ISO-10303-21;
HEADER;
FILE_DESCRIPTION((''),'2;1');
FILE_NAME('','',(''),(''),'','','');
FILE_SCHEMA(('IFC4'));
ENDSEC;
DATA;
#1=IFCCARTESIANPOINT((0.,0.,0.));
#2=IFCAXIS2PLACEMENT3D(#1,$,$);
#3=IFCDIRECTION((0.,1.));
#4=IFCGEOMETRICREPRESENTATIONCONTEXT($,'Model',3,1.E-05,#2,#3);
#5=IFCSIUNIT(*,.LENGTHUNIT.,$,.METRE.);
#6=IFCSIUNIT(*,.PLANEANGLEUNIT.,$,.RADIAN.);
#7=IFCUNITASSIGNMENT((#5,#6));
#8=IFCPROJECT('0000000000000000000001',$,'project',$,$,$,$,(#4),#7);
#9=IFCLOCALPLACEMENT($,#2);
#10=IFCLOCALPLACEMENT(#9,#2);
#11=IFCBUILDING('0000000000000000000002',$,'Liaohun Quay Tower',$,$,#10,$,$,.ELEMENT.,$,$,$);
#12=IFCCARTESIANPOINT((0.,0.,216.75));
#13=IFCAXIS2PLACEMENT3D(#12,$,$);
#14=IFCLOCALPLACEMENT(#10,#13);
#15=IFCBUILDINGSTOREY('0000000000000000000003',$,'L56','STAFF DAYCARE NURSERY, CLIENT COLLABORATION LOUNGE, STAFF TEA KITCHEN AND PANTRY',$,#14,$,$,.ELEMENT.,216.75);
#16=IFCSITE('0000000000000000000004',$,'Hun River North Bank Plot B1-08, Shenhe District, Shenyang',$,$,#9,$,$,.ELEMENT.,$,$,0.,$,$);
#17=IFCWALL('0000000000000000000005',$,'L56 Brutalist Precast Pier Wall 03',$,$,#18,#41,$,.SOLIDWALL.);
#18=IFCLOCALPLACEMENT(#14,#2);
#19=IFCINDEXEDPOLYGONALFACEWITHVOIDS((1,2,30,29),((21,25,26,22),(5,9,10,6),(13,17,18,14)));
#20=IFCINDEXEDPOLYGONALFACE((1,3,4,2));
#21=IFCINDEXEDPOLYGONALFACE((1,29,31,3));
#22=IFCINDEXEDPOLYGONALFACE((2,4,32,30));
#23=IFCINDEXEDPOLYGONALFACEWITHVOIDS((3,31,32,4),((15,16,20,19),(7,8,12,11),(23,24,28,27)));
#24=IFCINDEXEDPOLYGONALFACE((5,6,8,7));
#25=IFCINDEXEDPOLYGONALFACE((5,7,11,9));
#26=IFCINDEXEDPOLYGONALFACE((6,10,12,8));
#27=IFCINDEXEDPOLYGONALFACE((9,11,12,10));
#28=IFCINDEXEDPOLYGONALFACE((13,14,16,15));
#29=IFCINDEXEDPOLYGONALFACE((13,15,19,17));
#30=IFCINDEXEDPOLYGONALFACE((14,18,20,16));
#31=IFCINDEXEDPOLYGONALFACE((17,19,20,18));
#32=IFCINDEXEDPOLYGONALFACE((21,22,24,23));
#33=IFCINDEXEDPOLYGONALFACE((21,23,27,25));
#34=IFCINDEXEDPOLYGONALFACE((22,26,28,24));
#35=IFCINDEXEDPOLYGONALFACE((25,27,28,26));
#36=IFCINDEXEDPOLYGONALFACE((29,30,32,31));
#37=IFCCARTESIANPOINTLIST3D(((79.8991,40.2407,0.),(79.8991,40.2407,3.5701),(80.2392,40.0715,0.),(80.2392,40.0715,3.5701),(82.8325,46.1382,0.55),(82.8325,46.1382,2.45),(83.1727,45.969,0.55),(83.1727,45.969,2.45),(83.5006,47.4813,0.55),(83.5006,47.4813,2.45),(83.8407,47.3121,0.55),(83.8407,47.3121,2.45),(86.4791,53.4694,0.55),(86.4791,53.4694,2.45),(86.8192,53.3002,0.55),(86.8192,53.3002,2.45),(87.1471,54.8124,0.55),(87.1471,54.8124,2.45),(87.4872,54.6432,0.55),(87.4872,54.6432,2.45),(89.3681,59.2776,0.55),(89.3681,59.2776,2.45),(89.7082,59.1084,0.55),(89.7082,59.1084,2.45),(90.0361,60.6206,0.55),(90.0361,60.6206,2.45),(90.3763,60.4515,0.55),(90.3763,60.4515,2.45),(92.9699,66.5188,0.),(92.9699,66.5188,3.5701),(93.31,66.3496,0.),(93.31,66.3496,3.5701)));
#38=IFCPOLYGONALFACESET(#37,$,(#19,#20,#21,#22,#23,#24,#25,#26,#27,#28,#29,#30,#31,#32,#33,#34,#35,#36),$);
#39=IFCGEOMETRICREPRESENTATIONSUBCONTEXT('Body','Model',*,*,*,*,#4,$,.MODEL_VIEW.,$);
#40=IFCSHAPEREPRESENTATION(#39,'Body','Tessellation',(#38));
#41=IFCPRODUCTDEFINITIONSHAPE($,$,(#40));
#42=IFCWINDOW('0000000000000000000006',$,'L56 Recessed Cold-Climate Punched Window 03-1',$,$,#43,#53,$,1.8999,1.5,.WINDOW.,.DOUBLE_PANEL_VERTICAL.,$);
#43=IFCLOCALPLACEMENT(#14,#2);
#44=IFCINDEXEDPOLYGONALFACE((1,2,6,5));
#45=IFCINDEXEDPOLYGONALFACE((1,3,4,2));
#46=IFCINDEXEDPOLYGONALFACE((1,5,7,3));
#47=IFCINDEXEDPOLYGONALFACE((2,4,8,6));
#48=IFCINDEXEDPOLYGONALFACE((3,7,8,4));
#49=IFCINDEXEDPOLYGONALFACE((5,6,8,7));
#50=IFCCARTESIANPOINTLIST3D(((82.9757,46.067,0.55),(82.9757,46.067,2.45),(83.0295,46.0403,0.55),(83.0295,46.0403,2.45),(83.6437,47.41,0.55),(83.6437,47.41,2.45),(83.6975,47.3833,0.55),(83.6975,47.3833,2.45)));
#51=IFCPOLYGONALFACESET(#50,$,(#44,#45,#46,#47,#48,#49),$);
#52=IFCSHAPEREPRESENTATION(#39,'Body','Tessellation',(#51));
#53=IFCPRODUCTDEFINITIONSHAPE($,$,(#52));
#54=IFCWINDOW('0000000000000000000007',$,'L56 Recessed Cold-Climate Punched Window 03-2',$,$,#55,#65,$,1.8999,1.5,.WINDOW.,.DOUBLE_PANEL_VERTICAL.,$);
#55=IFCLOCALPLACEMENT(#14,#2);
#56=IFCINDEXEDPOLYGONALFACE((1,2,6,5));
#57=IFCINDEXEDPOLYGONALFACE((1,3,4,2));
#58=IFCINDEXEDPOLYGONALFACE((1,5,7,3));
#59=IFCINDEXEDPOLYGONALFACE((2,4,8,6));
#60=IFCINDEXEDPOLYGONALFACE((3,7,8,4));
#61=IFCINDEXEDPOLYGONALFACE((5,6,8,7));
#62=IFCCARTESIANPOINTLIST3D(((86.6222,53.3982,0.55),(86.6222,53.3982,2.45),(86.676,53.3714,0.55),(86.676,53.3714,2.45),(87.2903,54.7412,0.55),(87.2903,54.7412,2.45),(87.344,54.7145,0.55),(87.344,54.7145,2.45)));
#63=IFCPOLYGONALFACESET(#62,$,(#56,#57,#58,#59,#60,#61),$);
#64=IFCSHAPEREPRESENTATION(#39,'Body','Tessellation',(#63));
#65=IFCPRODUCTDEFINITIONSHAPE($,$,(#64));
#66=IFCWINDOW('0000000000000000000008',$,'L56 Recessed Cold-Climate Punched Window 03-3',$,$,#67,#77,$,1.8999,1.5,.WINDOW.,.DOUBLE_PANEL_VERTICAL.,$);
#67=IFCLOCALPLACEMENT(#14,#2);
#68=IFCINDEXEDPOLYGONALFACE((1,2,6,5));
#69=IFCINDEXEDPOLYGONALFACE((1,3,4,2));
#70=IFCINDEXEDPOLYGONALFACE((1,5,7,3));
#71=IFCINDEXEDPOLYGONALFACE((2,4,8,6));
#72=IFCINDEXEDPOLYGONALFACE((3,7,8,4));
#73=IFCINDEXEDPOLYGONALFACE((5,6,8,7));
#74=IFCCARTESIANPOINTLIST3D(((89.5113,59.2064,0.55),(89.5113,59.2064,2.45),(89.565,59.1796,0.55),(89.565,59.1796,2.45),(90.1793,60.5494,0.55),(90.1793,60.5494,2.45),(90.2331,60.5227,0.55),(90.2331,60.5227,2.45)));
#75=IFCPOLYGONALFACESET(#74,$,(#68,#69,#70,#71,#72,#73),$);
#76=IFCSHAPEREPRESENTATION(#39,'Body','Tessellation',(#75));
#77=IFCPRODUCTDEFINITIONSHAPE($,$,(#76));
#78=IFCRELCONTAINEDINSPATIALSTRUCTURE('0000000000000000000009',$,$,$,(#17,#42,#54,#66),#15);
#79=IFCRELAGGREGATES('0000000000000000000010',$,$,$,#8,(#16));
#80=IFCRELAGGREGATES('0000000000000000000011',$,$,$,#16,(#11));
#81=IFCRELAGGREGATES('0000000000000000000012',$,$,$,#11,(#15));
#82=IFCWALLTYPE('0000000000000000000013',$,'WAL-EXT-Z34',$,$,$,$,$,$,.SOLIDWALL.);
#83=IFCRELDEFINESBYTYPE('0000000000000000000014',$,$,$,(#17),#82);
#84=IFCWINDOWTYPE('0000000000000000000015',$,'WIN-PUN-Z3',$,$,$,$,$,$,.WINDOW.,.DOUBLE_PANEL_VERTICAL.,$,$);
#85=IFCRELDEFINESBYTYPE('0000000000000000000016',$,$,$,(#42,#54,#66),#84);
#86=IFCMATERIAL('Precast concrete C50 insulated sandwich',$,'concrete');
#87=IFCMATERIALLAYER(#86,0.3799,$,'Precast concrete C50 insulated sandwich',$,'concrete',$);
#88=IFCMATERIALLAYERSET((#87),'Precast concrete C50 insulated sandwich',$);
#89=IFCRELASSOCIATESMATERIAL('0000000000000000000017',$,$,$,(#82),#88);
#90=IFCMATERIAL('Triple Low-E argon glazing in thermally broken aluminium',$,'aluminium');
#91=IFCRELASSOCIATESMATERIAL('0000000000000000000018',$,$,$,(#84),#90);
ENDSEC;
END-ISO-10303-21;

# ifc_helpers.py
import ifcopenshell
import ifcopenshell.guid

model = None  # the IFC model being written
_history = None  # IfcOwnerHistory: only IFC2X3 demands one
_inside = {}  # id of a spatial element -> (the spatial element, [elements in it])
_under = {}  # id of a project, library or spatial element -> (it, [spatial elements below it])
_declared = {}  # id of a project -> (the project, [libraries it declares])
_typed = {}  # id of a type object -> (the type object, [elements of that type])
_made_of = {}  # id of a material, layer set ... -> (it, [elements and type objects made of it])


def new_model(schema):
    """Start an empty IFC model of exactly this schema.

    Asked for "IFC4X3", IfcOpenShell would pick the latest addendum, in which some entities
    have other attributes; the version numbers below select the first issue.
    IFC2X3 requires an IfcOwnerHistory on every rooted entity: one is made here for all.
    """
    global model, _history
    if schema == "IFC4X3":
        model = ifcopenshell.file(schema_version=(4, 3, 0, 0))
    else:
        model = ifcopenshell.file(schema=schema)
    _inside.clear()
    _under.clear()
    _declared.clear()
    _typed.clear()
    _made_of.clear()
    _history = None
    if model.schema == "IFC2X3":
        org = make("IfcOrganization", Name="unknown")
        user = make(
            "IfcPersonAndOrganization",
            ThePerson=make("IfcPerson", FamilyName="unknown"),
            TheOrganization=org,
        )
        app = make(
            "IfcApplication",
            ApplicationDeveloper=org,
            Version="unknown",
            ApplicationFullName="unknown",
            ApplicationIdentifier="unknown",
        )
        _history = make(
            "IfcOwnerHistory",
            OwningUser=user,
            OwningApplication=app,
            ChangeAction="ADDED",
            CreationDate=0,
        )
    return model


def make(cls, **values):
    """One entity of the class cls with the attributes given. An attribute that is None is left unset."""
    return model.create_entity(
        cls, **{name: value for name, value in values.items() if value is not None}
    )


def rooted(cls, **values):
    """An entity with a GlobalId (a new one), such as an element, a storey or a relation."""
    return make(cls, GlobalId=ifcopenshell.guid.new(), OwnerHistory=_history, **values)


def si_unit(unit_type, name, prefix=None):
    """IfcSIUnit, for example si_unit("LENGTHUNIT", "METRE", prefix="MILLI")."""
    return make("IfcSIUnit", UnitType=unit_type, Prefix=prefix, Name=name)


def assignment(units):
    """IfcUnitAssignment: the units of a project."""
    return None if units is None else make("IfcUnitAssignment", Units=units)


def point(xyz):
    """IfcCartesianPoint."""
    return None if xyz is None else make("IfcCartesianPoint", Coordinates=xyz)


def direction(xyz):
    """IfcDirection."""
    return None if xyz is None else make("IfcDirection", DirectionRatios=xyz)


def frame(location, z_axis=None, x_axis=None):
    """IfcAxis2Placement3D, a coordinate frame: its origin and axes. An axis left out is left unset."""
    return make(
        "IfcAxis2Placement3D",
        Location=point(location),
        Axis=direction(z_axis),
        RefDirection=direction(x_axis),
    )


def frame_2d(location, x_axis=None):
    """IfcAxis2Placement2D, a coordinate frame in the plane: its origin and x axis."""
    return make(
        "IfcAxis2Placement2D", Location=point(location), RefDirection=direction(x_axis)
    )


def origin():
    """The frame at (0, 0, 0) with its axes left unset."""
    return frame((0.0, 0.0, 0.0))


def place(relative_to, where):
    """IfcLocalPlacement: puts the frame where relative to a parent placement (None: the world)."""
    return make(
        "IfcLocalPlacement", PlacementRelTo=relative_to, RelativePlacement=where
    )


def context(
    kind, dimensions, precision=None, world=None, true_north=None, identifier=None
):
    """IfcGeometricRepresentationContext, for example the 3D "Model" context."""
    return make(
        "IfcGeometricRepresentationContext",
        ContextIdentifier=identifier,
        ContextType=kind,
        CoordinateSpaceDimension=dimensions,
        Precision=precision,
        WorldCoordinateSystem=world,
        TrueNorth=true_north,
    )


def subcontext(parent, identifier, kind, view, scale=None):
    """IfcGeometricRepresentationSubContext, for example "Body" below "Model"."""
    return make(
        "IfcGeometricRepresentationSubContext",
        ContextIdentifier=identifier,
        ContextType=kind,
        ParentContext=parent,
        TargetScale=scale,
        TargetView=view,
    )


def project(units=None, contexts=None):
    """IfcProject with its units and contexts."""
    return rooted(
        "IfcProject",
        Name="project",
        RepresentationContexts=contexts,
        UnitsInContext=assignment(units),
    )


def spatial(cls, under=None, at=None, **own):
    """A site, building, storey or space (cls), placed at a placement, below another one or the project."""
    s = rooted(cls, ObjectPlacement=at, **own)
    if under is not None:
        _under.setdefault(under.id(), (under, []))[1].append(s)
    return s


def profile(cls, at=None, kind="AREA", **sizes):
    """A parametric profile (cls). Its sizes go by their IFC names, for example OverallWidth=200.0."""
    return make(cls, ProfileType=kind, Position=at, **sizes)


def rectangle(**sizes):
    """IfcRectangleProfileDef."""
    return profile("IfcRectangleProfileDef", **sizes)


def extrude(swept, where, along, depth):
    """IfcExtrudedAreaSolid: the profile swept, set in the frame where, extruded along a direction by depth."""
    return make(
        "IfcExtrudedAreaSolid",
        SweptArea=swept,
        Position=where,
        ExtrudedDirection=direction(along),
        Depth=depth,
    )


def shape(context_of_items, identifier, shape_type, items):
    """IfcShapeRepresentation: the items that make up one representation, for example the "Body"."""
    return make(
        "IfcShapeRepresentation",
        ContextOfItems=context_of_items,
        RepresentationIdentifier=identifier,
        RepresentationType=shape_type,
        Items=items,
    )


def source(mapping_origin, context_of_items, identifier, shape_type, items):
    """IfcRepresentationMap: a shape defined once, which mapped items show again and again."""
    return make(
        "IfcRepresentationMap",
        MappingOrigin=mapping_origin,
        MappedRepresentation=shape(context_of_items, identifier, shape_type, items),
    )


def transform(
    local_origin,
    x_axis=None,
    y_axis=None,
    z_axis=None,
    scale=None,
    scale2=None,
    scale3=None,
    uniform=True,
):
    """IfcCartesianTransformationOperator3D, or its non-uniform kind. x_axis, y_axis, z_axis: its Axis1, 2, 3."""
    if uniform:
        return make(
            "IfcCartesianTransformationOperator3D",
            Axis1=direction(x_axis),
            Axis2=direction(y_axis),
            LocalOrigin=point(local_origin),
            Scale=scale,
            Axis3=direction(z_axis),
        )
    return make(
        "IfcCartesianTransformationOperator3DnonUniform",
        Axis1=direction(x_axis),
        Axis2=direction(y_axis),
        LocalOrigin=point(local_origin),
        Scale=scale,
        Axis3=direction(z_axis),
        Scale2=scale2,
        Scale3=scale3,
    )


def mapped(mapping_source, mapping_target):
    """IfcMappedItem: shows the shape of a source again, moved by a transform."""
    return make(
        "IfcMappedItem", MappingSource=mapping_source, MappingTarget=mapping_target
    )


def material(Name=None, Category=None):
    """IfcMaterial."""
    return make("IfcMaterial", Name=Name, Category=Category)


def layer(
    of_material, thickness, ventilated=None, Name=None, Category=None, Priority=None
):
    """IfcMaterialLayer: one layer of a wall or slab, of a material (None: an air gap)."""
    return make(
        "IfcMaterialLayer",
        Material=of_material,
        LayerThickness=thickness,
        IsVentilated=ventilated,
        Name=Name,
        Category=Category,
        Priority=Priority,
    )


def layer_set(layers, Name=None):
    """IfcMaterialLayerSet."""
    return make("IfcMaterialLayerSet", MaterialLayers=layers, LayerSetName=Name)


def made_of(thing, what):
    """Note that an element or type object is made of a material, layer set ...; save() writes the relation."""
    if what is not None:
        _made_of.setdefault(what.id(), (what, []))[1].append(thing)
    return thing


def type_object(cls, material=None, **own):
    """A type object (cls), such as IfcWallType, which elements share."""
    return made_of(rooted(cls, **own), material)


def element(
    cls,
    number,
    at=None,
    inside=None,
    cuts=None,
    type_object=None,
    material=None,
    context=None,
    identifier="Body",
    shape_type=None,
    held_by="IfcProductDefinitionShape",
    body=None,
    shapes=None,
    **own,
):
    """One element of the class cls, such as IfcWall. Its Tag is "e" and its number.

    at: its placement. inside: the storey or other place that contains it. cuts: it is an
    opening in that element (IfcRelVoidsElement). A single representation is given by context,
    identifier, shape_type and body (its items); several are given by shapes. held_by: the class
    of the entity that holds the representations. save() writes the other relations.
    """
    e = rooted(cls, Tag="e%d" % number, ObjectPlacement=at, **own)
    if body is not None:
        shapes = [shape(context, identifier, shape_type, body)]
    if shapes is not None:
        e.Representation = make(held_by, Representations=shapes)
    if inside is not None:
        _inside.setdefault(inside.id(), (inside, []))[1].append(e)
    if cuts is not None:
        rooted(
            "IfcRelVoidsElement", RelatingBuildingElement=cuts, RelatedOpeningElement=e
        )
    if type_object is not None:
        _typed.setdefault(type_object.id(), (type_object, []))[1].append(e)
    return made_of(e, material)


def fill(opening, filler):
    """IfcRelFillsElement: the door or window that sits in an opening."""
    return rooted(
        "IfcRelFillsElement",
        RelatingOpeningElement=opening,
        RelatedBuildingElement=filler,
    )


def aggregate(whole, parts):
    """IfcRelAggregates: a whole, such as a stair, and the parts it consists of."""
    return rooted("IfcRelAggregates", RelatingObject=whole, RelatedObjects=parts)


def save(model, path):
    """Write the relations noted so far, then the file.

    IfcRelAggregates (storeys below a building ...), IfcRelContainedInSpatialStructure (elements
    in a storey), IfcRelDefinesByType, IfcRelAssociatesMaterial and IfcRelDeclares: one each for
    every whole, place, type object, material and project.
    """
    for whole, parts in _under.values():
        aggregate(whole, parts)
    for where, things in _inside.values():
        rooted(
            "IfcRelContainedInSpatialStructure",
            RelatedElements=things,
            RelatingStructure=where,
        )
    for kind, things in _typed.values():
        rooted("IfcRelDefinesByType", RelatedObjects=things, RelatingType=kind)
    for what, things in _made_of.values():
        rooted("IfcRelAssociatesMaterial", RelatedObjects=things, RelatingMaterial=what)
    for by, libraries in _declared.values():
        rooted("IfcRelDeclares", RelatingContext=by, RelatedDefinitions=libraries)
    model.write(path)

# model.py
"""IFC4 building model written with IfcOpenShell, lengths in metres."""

from ifc_helpers import new_model, si_unit, direction, frame, frame_2d, origin, place, context, subcontext, project, spatial, rectangle, extrude, source, transform, mapped, material, layer, layer_set, type_object, element, fill, save


model = new_model("IFC4")

# Units and contexts
model_context = context("Model", 3, precision=1e-05, world=origin(), true_north=direction((0.0, 1.0)))
body_context = subcontext(model_context, "Body", "Model", "MODEL_VIEW")
ifc_project = project(units=[si_unit("LENGTHUNIT", "METRE"), si_unit("PLANEANGLEUNIT", "RADIAN")], contexts=[model_context])

# Site, building, storey
site_placement = place(None, origin())
site = spatial("IfcSite", under=ifc_project, at=site_placement, Name="Hun River North Bank Plot B1-08, Shenhe District, Shenyang", CompositionType="ELEMENT", RefElevation=0.0)
building_placement = place(site_placement, origin())
building = spatial("IfcBuilding", under=site, at=building_placement, Name="Liaohun Quay Tower", CompositionType="ELEMENT")
storey_placement = place(building_placement, frame((0.0, 0.0, 216.75)))
storey = spatial("IfcBuildingStorey", under=building, at=storey_placement, Name="L56", Description="STAFF DAYCARE NURSERY, CLIENT COLLABORATION LOUNGE, STAFF TEA KITCHEN AND PANTRY", CompositionType="ELEMENT", Elevation=216.75)

# Shared definitions
ifc_material_1 = material(Name="Precast concrete C50 insulated sandwich", Category="concrete")
ifc_layer_1 = layer(ifc_material_1, 0.3799, Name="Precast concrete C50 insulated sandwich", Category="concrete")
ifc_layer_set_1 = layer_set([ifc_layer_1], Name="Precast concrete C50 insulated sandwich")
wall_type_1 = type_object("IfcWallType", Name="WAL-EXT-Z34", PredefinedType="SOLIDWALL", material=ifc_layer_set_1)

# Wall, openings, windows
shared_shape_1 = source(origin(), body_context, "Body", "SweptSolid", [
    extrude(rectangle(XDim=1.5, YDim=1.8999, at=frame_2d((0.75, 0.95))), frame((0.0, 0.2, 0.0), z_axis=(0.0, -1.0, 0.0), x_axis=(1.0, 0.0, 0.0)), (0.0, 0.0, 1.0), 0.3999),
])
ifc_material_2 = material(Name="Triple Low-E argon glazing in thermally broken aluminium", Category="aluminium")
window_type_1 = type_object("IfcWindowType", Name="WIN-PUN-Z3", PartitioningType="DOUBLE_PANEL_VERTICAL", PredefinedType="WINDOW", material=ifc_material_2)
shared_shape_2 = source(origin(), body_context, "Body", "SweptSolid", [
    extrude(rectangle(XDim=1.5, YDim=1.8999, at=frame_2d((0.75, 0.95))), frame((0.0, 0.03, 0.0), z_axis=(0.0, -1.0, 0.0), x_axis=(1.0, 0.0, 0.0)), (0.0, 0.0, 1.0), 0.0601),
])
wall_1_placement = place(storey_placement, frame((80.0691, 40.156, 0.0), z_axis=(0.0, 0.0, 1.0), x_axis=(0.445353, 0.895355, 0.0)))
wall_1 = element("IfcWall", 1, at=wall_1_placement, inside=storey, type_object=wall_type_1, Name="L56 Brutalist Precast Pier Wall 03", PredefinedType="SOLIDWALL", context=body_context, shape_type="SweptSolid", body=[
    extrude(rectangle(XDim=29.3494, YDim=0.3799, at=frame_2d((14.6748, 0.0))), origin(), (0.0, 0.0, 1.0), 3.5701),
])
opening_1_placement = place(wall_1_placement, frame((6.5869, 0.0, 0.55)))
opening_1 = element("IfcOpeningElement", 2, at=opening_1_placement, cuts=wall_1, PredefinedType="OPENING", context=body_context, shape_type="MappedRepresentation", body=[
    mapped(shared_shape_1, transform((0.0, 0.0, 0.0), x_axis=(1.0, 0.0, 0.0), y_axis=(0.0, 1.0, 0.0), z_axis=(0.0, 0.0, 1.0), scale=1.0)),
])
opening_2_placement = place(wall_1_placement, frame((14.7749, 0.0, 0.55)))
opening_2 = element("IfcOpeningElement", 3, at=opening_2_placement, cuts=wall_1, PredefinedType="OPENING", context=body_context, shape_type="MappedRepresentation", body=[
    mapped(shared_shape_1, transform((0.0, 0.0, 0.0), x_axis=(1.0, 0.0, 0.0), y_axis=(0.0, 1.0, 0.0), z_axis=(0.0, 0.0, 1.0), scale=1.0)),
])
opening_3_placement = place(wall_1_placement, frame((21.262, 0.0, 0.55)))
opening_3 = element("IfcOpeningElement", 4, at=opening_3_placement, cuts=wall_1, PredefinedType="OPENING", context=body_context, shape_type="MappedRepresentation", body=[
    mapped(shared_shape_1, transform((0.0, 0.0, 0.0), x_axis=(1.0, 0.0, 0.0), y_axis=(0.0, 1.0, 0.0), z_axis=(0.0, 0.0, 1.0), scale=1.0)),
])
window_1_placement = place(opening_1_placement, origin())
window_1 = element("IfcWindow", 5, at=window_1_placement, inside=storey, type_object=window_type_1, Name="L56 Recessed Cold-Climate Punched Window 03-1", OverallHeight=1.8999, OverallWidth=1.5, PartitioningType="DOUBLE_PANEL_VERTICAL", PredefinedType="WINDOW", context=body_context, shape_type="MappedRepresentation", body=[
    mapped(shared_shape_2, transform((0.0, 0.0, 0.0), x_axis=(1.0, 0.0, 0.0), y_axis=(0.0, 1.0, 0.0), z_axis=(0.0, 0.0, 1.0), scale=1.0)),
])
fill(opening_1, window_1)
window_2_placement = place(opening_2_placement, origin())
window_2 = element("IfcWindow", 6, at=window_2_placement, inside=storey, type_object=window_type_1, Name="L56 Recessed Cold-Climate Punched Window 03-2", OverallHeight=1.8999, OverallWidth=1.5, PartitioningType="DOUBLE_PANEL_VERTICAL", PredefinedType="WINDOW", context=body_context, shape_type="MappedRepresentation", body=[
    mapped(shared_shape_2, transform((0.0, 0.0, 0.0), x_axis=(1.0, 0.0, 0.0), y_axis=(0.0, 1.0, 0.0), z_axis=(0.0, 0.0, 1.0), scale=1.0)),
])
fill(opening_2, window_2)
window_3_placement = place(opening_3_placement, origin())
window_3 = element("IfcWindow", 7, at=window_3_placement, inside=storey, type_object=window_type_1, Name="L56 Recessed Cold-Climate Punched Window 03-3", OverallHeight=1.8999, OverallWidth=1.5, PartitioningType="DOUBLE_PANEL_VERTICAL", PredefinedType="WINDOW", context=body_context, shape_type="MappedRepresentation", body=[
    mapped(shared_shape_2, transform((0.0, 0.0, 0.0), x_axis=(1.0, 0.0, 0.0), y_axis=(0.0, 1.0, 0.0), z_axis=(0.0, 0.0, 1.0), scale=1.0)),
])
fill(opening_3, window_3)

save(model, "model.ifc")
